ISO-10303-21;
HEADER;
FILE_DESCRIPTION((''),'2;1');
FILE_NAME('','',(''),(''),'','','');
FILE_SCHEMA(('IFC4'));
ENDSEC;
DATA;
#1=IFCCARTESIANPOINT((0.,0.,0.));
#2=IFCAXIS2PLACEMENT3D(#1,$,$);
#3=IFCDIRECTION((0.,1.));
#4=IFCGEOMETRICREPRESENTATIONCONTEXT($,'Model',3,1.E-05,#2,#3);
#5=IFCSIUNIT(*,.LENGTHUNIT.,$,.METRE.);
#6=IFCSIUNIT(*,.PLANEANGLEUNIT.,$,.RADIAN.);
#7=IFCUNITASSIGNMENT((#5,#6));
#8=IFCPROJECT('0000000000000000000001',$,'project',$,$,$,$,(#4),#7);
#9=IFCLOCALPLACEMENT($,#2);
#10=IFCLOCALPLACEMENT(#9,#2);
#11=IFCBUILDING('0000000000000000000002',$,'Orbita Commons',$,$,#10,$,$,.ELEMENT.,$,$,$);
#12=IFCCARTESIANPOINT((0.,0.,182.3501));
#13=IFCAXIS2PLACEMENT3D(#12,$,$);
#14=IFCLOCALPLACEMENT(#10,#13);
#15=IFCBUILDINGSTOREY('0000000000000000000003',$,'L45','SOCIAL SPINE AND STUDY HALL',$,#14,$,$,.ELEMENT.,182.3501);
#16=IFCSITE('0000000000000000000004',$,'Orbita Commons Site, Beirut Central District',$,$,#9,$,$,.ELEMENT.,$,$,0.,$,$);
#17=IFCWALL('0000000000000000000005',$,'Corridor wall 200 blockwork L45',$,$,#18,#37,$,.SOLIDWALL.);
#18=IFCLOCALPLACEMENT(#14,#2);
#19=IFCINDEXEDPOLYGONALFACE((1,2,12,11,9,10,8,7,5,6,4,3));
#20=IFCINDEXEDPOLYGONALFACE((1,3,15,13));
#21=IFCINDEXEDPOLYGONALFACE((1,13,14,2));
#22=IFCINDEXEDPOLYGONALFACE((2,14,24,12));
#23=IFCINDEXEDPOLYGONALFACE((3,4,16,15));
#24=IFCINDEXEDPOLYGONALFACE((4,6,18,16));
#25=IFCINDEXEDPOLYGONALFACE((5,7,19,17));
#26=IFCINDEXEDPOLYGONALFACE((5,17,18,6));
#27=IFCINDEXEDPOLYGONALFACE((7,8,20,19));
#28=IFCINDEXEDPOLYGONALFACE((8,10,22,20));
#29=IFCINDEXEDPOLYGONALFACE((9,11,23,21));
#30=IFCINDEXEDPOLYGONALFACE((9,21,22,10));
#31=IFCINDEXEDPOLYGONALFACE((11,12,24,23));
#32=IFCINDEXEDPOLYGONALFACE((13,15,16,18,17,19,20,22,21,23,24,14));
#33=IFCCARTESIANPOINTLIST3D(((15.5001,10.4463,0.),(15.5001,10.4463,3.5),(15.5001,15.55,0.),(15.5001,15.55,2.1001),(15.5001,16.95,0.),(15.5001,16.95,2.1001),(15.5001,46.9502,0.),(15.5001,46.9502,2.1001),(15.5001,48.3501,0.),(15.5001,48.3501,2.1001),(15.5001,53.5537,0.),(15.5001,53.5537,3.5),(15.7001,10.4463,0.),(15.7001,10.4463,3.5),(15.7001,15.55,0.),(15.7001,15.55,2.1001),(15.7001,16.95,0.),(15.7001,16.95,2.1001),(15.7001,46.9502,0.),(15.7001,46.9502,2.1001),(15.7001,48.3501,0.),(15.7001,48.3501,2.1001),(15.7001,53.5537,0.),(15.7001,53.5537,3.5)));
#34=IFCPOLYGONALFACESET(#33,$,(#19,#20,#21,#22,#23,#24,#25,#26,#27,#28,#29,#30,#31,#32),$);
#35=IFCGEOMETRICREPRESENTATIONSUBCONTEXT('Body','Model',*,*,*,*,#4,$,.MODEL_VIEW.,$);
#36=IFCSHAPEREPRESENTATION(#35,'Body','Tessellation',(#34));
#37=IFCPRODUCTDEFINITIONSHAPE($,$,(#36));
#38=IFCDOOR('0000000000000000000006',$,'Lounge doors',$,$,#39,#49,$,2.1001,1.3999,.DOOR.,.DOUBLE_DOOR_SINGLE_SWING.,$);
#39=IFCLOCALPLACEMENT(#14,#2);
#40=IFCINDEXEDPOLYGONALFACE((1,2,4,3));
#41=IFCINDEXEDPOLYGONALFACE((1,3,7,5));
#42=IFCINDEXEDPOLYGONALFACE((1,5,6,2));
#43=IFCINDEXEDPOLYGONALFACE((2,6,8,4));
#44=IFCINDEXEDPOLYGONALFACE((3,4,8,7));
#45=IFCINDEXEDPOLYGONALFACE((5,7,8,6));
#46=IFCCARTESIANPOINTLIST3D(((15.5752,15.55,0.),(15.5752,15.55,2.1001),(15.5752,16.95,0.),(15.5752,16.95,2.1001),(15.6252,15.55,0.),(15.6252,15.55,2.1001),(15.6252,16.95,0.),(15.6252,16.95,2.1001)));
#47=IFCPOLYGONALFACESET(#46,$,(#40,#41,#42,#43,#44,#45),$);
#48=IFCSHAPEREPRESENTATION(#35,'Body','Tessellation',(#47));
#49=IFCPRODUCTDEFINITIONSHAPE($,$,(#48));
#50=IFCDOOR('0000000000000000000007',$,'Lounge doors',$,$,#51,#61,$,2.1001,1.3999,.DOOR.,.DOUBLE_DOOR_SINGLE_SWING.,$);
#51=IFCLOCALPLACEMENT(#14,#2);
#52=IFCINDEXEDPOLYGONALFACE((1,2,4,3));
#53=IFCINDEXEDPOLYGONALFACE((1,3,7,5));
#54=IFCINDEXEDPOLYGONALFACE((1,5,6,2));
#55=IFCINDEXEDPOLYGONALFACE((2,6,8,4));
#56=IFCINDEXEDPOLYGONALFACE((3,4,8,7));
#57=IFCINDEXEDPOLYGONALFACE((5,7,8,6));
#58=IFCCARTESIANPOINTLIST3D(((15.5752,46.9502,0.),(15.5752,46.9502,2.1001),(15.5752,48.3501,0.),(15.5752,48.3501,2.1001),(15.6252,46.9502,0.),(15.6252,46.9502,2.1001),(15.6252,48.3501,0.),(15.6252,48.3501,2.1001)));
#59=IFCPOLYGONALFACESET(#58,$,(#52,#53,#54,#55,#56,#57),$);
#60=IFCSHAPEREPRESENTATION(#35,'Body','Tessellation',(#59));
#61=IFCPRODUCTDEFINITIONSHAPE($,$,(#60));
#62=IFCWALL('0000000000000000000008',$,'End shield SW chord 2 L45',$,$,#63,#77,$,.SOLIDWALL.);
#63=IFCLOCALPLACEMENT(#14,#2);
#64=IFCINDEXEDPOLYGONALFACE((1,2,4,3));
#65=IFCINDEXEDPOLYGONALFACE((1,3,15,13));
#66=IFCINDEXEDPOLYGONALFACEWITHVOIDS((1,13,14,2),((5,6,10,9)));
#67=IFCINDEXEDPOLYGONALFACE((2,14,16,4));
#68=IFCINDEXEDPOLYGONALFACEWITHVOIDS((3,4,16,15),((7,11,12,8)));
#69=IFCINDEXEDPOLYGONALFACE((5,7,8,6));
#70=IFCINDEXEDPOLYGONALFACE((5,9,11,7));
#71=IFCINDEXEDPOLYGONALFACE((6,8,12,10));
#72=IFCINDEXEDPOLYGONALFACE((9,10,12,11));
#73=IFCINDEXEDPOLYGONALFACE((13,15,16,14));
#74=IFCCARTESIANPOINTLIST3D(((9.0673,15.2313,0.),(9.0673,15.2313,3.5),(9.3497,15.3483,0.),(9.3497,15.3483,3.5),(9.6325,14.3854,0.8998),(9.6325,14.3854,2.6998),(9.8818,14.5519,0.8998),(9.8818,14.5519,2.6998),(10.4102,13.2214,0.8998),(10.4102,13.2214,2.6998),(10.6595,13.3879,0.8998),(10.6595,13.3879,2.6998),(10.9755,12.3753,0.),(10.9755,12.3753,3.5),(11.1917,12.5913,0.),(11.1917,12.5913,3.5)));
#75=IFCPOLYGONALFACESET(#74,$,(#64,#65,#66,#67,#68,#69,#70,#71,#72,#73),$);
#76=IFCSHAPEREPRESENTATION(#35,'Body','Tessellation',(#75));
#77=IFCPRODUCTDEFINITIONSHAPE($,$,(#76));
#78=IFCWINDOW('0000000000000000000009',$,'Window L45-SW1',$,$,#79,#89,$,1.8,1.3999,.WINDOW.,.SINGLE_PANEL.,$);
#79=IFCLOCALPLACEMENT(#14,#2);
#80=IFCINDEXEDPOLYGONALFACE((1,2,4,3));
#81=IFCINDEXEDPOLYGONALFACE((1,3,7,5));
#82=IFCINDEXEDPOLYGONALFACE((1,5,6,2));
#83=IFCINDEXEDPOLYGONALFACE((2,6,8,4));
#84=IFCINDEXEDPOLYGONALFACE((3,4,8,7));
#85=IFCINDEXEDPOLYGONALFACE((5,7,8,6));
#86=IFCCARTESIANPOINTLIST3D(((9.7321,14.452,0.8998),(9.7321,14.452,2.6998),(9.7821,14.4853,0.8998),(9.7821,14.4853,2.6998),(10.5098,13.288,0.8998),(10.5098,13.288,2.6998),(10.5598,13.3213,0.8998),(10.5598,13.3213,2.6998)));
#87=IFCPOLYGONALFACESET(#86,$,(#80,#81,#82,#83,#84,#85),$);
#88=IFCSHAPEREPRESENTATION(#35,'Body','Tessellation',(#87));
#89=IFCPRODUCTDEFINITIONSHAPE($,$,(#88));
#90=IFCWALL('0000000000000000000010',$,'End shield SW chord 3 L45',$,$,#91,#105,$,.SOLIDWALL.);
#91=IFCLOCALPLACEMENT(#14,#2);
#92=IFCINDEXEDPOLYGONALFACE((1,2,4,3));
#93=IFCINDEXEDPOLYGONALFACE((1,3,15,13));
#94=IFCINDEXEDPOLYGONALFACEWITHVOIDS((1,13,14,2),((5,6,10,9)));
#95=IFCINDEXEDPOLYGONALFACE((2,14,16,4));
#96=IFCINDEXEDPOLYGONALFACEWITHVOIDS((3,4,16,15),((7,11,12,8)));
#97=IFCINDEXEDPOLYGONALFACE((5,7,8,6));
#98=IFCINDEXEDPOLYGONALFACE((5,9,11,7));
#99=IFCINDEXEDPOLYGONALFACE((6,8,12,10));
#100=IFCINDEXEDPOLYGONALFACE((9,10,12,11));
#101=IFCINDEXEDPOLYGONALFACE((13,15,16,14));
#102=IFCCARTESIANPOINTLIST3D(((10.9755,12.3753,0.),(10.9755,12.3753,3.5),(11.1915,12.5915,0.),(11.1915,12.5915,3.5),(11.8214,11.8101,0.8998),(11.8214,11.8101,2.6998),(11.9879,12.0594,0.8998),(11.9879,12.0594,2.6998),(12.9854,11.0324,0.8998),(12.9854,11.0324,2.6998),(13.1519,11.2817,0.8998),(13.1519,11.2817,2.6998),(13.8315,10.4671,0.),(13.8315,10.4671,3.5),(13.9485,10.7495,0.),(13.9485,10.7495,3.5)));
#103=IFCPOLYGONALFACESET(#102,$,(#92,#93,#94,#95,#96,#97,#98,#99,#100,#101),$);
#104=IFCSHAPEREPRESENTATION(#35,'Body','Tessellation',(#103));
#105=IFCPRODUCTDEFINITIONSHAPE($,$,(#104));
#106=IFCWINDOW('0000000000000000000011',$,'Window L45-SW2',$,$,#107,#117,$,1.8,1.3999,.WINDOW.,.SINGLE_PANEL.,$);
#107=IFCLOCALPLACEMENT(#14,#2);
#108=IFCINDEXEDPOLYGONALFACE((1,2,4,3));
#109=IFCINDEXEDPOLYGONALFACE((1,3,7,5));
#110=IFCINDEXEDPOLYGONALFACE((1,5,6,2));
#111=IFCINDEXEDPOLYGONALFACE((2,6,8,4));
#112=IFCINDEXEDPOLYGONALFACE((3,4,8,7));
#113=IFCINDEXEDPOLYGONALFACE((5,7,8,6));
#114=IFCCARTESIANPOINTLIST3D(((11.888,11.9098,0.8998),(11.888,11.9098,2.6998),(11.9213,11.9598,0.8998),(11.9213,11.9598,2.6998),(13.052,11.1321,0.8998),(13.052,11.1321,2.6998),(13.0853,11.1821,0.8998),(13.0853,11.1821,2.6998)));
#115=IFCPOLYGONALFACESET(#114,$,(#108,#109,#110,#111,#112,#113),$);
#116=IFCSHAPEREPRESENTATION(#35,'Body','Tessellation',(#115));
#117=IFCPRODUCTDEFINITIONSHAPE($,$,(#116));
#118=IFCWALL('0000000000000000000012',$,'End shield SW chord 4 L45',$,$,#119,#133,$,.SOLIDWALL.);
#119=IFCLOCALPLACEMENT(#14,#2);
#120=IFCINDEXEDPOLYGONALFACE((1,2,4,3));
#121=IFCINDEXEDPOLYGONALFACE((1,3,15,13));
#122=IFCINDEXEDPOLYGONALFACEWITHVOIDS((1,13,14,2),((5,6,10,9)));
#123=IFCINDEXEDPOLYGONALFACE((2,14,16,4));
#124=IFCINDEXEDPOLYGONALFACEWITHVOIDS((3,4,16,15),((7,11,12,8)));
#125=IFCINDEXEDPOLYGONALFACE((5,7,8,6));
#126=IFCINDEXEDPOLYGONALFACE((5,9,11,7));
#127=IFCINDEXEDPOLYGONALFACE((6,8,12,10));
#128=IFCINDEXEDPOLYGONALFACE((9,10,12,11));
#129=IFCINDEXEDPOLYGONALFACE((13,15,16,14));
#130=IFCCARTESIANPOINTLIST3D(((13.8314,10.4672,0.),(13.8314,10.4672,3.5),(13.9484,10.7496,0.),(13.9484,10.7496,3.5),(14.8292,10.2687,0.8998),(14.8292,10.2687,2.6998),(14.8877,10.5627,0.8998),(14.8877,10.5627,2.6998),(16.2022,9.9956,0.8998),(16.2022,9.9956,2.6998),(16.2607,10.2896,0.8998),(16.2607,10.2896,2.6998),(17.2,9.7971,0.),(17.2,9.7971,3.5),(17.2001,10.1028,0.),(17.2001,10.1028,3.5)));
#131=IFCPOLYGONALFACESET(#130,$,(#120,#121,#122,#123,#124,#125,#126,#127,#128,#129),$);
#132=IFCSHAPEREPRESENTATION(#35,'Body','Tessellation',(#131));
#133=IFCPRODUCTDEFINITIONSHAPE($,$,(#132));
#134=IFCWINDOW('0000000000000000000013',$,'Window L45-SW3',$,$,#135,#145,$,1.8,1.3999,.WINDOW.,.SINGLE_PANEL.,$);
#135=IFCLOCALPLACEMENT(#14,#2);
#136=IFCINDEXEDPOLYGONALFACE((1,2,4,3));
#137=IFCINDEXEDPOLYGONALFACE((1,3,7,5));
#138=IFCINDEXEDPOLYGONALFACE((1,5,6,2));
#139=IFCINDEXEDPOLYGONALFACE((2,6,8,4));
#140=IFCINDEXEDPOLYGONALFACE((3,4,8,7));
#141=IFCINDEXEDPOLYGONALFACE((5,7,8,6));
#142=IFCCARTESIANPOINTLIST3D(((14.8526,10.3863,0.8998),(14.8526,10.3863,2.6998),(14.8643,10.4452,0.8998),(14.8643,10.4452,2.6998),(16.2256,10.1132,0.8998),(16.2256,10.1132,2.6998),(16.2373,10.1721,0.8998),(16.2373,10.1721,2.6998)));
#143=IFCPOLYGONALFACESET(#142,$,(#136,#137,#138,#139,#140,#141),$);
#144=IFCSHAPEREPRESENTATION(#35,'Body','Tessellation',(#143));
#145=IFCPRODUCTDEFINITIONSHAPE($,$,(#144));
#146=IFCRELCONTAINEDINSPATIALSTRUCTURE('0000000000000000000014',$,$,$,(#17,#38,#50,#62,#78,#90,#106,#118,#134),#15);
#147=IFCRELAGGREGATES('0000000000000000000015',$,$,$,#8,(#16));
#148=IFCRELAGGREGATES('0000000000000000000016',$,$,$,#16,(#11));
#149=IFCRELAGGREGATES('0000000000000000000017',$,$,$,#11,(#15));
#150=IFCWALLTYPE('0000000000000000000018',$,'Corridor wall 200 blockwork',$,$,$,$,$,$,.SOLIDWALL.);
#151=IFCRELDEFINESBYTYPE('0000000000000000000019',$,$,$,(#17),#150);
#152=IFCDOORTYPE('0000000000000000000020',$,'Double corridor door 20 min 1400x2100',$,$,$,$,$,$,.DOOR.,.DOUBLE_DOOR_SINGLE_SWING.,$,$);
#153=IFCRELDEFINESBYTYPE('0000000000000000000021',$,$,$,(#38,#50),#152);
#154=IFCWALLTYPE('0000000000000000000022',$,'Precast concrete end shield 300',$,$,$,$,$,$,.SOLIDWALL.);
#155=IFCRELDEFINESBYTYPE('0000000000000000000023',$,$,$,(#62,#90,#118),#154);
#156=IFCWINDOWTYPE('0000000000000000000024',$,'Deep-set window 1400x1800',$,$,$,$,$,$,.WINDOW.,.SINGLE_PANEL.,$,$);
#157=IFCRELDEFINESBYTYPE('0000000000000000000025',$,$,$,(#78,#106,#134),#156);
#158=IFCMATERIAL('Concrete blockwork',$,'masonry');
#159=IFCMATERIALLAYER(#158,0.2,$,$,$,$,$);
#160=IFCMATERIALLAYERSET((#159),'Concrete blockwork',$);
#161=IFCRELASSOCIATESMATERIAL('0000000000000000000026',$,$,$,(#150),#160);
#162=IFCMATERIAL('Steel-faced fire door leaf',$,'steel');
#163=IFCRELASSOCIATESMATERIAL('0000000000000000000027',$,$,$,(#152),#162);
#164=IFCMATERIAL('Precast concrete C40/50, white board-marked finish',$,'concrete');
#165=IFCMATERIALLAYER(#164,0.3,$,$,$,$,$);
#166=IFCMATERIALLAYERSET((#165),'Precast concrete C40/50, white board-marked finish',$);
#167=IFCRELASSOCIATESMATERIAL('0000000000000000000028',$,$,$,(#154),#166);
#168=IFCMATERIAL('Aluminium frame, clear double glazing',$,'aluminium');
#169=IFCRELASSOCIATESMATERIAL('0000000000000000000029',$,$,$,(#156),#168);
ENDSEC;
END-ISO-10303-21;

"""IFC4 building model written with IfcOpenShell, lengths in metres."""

from ifc_helpers import new_model, si_unit, direction, frame, frame_2d, origin, place, context, subcontext, project, spatial, polyline, rectangle, outline, extrude, material, layer, layer_set, type_object, element, fill, save


model = new_model("IFC4")

# Units and contexts
model_context = context("Model", 3, precision=1e-05, world=origin(), true_north=direction((0.0, 1.0)))
body_context = subcontext(model_context, "Body", "Model", "MODEL_VIEW")
ifc_project = project(units=[si_unit("LENGTHUNIT", "METRE"), si_unit("PLANEANGLEUNIT", "RADIAN")], contexts=[model_context])

# Site, building, storey
site_placement = place(None, origin())
site = spatial("IfcSite", under=ifc_project, at=site_placement, Name="Orbita Commons Site, Beirut Central District", CompositionType="ELEMENT", RefElevation=0.0)
building_placement = place(site_placement, origin())
building = spatial("IfcBuilding", under=site, at=building_placement, Name="Orbita Commons", CompositionType="ELEMENT")
storey_placement = place(building_placement, frame((0.0, 0.0, 182.3501)))
storey = spatial("IfcBuildingStorey", under=building, at=storey_placement, Name="L45", Description="SOCIAL SPINE AND STUDY HALL", CompositionType="ELEMENT", Elevation=182.3501)

# Shared definitions
ifc_material_1 = material(Name="Concrete blockwork", Category="masonry")
ifc_layer_1 = layer(ifc_material_1, 0.2)
ifc_layer_set_1 = layer_set([ifc_layer_1], Name="Concrete blockwork")
wall_type_1 = type_object("IfcWallType", Name="Corridor wall 200 blockwork", PredefinedType="SOLIDWALL", material=ifc_layer_set_1)

# Wall, openings, doors
wall_1_placement = place(storey_placement, frame((15.6001, 10.4463, 0.0), z_axis=(0.0, 0.0, 1.0), x_axis=(0.0, 1.0, 0.0)))
wall_1 = element("IfcWall", 1, at=wall_1_placement, inside=storey, type_object=wall_type_1, Name="Corridor wall 200 blockwork L45", PredefinedType="SOLIDWALL", context=body_context, shape_type="SweptSolid", body=[
    extrude(rectangle(XDim=43.1074, YDim=0.2, at=frame_2d((21.5537, 0.0))), origin(), (0.0, 0.0, 1.0), 3.5),
])
opening_1_placement = place(wall_1_placement, frame((5.1038, 0.0, 0.0)))
opening_1 = element("IfcOpeningElement", 2, at=opening_1_placement, cuts=wall_1, PredefinedType="OPENING", context=body_context, shape_type="SweptSolid", body=[
    extrude(rectangle(XDim=1.3999, YDim=2.1001, at=frame_2d((0.7, 1.05))), frame((0.0, 0.1099, 0.0), z_axis=(0.0, -1.0, 0.0), x_axis=(1.0, 0.0, 0.0)), (0.0, 0.0, 1.0), 0.22),
])
opening_2_placement = place(wall_1_placement, frame((36.5039, 0.0, 0.0)))
opening_2 = element("IfcOpeningElement", 3, at=opening_2_placement, cuts=wall_1, PredefinedType="OPENING", context=body_context, shape_type="SweptSolid", body=[
    extrude(rectangle(XDim=1.3999, YDim=2.1001, at=frame_2d((0.7, 1.05))), frame((0.0, 0.1099, 0.0), z_axis=(0.0, -1.0, 0.0), x_axis=(1.0, 0.0, 0.0)), (0.0, 0.0, 1.0), 0.22),
])
ifc_material_2 = material(Name="Steel-faced fire door leaf", Category="steel")
door_type_1 = type_object("IfcDoorType", Name="Double corridor door 20 min 1400x2100", OperationType="DOUBLE_DOOR_SINGLE_SWING", PredefinedType="DOOR", material=ifc_material_2)
door_1_placement = place(opening_1_placement, origin())
door_1 = element("IfcDoor", 4, at=door_1_placement, inside=storey, type_object=door_type_1, Name="Lounge doors", OperationType="DOUBLE_DOOR_SINGLE_SWING", OverallHeight=2.1001, OverallWidth=1.3999, PredefinedType="DOOR", context=body_context, shape_type="SweptSolid", body=[
    extrude(rectangle(XDim=1.3999, YDim=2.1001, at=frame_2d((0.7, 1.05))), frame((0.0, 0.0249, 0.0), z_axis=(0.0, -1.0, 0.0), x_axis=(1.0, 0.0, 0.0)), (0.0, 0.0, 1.0), 0.05),
])
fill(opening_1, door_1)
door_2_placement = place(opening_2_placement, origin())
door_2 = element("IfcDoor", 5, at=door_2_placement, inside=storey, type_object=door_type_1, Name="Lounge doors", OperationType="DOUBLE_DOOR_SINGLE_SWING", OverallHeight=2.1001, OverallWidth=1.3999, PredefinedType="DOOR", context=body_context, shape_type="SweptSolid", body=[
    extrude(rectangle(XDim=1.3999, YDim=2.1001, at=frame_2d((0.7, 1.05))), frame((0.0, 0.0249, 0.0), z_axis=(0.0, -1.0, 0.0), x_axis=(1.0, 0.0, 0.0)), (0.0, 0.0, 1.0), 0.05),
])
fill(opening_2, door_2)

# Walls, openings, windows
ifc_material_3 = material(Name="Precast concrete C40/50, white board-marked finish", Category="concrete")
ifc_layer_2 = layer(ifc_material_3, 0.3)
ifc_layer_set_2 = layer_set([ifc_layer_2], Name="Precast concrete C40/50, white board-marked finish")
wall_type_2 = type_object("IfcWallType", Name="Precast concrete end shield 300", PredefinedType="SOLIDWALL", material=ifc_layer_set_2)
wall_2_placement = place(storey_placement, frame((9.2085, 15.2898, 0.0), z_axis=(0.0, 0.0, 1.0), x_axis=(0.555535, -0.831493, 0.0)))
wall_2 = element("IfcWall", 6, at=wall_2_placement, inside=storey, type_object=wall_type_2, Name="End shield SW chord 2 L45", PredefinedType="SOLIDWALL", context=body_context, shape_type="SweptSolid", body=[
    extrude(outline(polyline([(-0.0298, -0.1499), (3.405, -0.1499), (3.3455, 0.1499), (0.0298, 0.1499), (-0.0298, -0.1499)])), origin(), (0.0, 0.0, 1.0), 3.5),
])
opening_3_placement = place(wall_2_placement, frame((0.9875, 0.0, 0.8999)))
opening_3 = element("IfcOpeningElement", 7, at=opening_3_placement, cuts=wall_2, PredefinedType="OPENING", context=body_context, shape_type="SweptSolid", body=[
    extrude(rectangle(XDim=1.3999, YDim=1.8, at=frame_2d((0.7, 0.8999))), frame((0.0, 0.1599, 0.0), z_axis=(0.0, -1.0, 0.0), x_axis=(1.0, 0.0, 0.0)), (0.0, 0.0, 1.0), 0.3201),
])
ifc_material_4 = material(Name="Aluminium frame, clear double glazing", Category="aluminium")
window_type = type_object("IfcWindowType", Name="Deep-set window 1400x1800", PartitioningType="SINGLE_PANEL", PredefinedType="WINDOW", material=ifc_material_4)
window_1_placement = place(opening_3_placement, origin())
window_1 = element("IfcWindow", 8, at=window_1_placement, inside=storey, type_object=window_type, Name="Window L45-SW1", OverallHeight=1.8, OverallWidth=1.3999, PartitioningType="SINGLE_PANEL", PredefinedType="WINDOW", context=body_context, shape_type="SweptSolid", body=[
    extrude(rectangle(XDim=1.3999, YDim=1.8, at=frame_2d((0.7, 0.8999))), frame((0.0, 0.03, 0.0), z_axis=(0.0, -1.0, 0.0), x_axis=(1.0, 0.0, 0.0)), (0.0, 0.0, 1.0), 0.0601),
])
fill(opening_3, window_1)
wall_3_placement = place(storey_placement, frame((11.0835, 12.4834, 0.0), z_axis=(0.0, 0.0, 1.0), x_axis=(0.831493, -0.555535, 0.0)))
wall_3 = element("IfcWall", 9, at=wall_3_placement, inside=storey, type_object=wall_type_2, Name="End shield SW chord 3 L45", PredefinedType="SOLIDWALL", context=body_context, shape_type="SweptSolid", body=[
    extrude(outline(polyline([(-0.0298, -0.1499), (3.405, -0.1499), (3.3455, 0.1499), (0.0298, 0.1499), (-0.0298, -0.1499)])), origin(), (0.0, 0.0, 1.0), 3.5),
])
opening_4_placement = place(wall_3_placement, frame((0.9875, 0.0, 0.8999)))
opening_4 = element("IfcOpeningElement", 10, at=opening_4_placement, cuts=wall_3, PredefinedType="OPENING", context=body_context, shape_type="SweptSolid", body=[
    extrude(rectangle(XDim=1.3999, YDim=1.8, at=frame_2d((0.7, 0.8999))), frame((0.0, 0.1599, 0.0), z_axis=(0.0, -1.0, 0.0), x_axis=(1.0, 0.0, 0.0)), (0.0, 0.0, 1.0), 0.3201),
])
window_2_placement = place(opening_4_placement, origin())
window_2 = element("IfcWindow", 11, at=window_2_placement, inside=storey, type_object=window_type, Name="Window L45-SW2", OverallHeight=1.8, OverallWidth=1.3999, PartitioningType="SINGLE_PANEL", PredefinedType="WINDOW", context=body_context, shape_type="SweptSolid", body=[
    extrude(rectangle(XDim=1.3999, YDim=1.8, at=frame_2d((0.7, 0.8999))), frame((0.0, 0.03, 0.0), z_axis=(0.0, -1.0, 0.0), x_axis=(1.0, 0.0, 0.0)), (0.0, 0.0, 1.0), 0.0601),
])
fill(opening_4, window_2)
wall_4_placement = place(storey_placement, frame((13.8899, 10.6084, 0.0), z_axis=(0.0, 0.0, 1.0), x_axis=(0.980783, -0.1951, 0.0)))
wall_4 = element("IfcWall", 12, at=wall_4_placement, inside=storey, type_object=wall_type_2, Name="End shield SW chord 4 L45", PredefinedType="SOLIDWALL", context=body_context, shape_type="SweptSolid", body=[
    extrude(outline(polyline([(-0.0298, -0.1499), (3.4048, -0.1499), (3.3452, 0.1499), (0.0298, 0.1499), (-0.0298, -0.1499)])), origin(), (0.0, 0.0, 1.0), 3.5),
])
opening_5_placement = place(wall_4_placement, frame((0.9875, 0.0, 0.8999)))
opening_5 = element("IfcOpeningElement", 13, at=opening_5_placement, cuts=wall_4, PredefinedType="OPENING", context=body_context, shape_type="SweptSolid", body=[
    extrude(rectangle(XDim=1.3999, YDim=1.8, at=frame_2d((0.7, 0.8999))), frame((0.0, 0.1599, 0.0), z_axis=(0.0, -1.0, 0.0), x_axis=(1.0, 0.0, 0.0)), (0.0, 0.0, 1.0), 0.3201),
])
window_3_placement = place(opening_5_placement, origin())
window_3 = element("IfcWindow", 14, at=window_3_placement, inside=storey, type_object=window_type, Name="Window L45-SW3", OverallHeight=1.8, OverallWidth=1.3999, PartitioningType="SINGLE_PANEL", PredefinedType="WINDOW", context=body_context, shape_type="SweptSolid", body=[
    extrude(rectangle(XDim=1.3999, YDim=1.8, at=frame_2d((0.7, 0.8999))), frame((0.0, 0.03, 0.0), z_axis=(0.0, -1.0, 0.0), x_axis=(1.0, 0.0, 0.0)), (0.0, 0.0, 1.0), 0.0601),
])
fill(opening_5, window_3)

save(model, "model.ifc")
